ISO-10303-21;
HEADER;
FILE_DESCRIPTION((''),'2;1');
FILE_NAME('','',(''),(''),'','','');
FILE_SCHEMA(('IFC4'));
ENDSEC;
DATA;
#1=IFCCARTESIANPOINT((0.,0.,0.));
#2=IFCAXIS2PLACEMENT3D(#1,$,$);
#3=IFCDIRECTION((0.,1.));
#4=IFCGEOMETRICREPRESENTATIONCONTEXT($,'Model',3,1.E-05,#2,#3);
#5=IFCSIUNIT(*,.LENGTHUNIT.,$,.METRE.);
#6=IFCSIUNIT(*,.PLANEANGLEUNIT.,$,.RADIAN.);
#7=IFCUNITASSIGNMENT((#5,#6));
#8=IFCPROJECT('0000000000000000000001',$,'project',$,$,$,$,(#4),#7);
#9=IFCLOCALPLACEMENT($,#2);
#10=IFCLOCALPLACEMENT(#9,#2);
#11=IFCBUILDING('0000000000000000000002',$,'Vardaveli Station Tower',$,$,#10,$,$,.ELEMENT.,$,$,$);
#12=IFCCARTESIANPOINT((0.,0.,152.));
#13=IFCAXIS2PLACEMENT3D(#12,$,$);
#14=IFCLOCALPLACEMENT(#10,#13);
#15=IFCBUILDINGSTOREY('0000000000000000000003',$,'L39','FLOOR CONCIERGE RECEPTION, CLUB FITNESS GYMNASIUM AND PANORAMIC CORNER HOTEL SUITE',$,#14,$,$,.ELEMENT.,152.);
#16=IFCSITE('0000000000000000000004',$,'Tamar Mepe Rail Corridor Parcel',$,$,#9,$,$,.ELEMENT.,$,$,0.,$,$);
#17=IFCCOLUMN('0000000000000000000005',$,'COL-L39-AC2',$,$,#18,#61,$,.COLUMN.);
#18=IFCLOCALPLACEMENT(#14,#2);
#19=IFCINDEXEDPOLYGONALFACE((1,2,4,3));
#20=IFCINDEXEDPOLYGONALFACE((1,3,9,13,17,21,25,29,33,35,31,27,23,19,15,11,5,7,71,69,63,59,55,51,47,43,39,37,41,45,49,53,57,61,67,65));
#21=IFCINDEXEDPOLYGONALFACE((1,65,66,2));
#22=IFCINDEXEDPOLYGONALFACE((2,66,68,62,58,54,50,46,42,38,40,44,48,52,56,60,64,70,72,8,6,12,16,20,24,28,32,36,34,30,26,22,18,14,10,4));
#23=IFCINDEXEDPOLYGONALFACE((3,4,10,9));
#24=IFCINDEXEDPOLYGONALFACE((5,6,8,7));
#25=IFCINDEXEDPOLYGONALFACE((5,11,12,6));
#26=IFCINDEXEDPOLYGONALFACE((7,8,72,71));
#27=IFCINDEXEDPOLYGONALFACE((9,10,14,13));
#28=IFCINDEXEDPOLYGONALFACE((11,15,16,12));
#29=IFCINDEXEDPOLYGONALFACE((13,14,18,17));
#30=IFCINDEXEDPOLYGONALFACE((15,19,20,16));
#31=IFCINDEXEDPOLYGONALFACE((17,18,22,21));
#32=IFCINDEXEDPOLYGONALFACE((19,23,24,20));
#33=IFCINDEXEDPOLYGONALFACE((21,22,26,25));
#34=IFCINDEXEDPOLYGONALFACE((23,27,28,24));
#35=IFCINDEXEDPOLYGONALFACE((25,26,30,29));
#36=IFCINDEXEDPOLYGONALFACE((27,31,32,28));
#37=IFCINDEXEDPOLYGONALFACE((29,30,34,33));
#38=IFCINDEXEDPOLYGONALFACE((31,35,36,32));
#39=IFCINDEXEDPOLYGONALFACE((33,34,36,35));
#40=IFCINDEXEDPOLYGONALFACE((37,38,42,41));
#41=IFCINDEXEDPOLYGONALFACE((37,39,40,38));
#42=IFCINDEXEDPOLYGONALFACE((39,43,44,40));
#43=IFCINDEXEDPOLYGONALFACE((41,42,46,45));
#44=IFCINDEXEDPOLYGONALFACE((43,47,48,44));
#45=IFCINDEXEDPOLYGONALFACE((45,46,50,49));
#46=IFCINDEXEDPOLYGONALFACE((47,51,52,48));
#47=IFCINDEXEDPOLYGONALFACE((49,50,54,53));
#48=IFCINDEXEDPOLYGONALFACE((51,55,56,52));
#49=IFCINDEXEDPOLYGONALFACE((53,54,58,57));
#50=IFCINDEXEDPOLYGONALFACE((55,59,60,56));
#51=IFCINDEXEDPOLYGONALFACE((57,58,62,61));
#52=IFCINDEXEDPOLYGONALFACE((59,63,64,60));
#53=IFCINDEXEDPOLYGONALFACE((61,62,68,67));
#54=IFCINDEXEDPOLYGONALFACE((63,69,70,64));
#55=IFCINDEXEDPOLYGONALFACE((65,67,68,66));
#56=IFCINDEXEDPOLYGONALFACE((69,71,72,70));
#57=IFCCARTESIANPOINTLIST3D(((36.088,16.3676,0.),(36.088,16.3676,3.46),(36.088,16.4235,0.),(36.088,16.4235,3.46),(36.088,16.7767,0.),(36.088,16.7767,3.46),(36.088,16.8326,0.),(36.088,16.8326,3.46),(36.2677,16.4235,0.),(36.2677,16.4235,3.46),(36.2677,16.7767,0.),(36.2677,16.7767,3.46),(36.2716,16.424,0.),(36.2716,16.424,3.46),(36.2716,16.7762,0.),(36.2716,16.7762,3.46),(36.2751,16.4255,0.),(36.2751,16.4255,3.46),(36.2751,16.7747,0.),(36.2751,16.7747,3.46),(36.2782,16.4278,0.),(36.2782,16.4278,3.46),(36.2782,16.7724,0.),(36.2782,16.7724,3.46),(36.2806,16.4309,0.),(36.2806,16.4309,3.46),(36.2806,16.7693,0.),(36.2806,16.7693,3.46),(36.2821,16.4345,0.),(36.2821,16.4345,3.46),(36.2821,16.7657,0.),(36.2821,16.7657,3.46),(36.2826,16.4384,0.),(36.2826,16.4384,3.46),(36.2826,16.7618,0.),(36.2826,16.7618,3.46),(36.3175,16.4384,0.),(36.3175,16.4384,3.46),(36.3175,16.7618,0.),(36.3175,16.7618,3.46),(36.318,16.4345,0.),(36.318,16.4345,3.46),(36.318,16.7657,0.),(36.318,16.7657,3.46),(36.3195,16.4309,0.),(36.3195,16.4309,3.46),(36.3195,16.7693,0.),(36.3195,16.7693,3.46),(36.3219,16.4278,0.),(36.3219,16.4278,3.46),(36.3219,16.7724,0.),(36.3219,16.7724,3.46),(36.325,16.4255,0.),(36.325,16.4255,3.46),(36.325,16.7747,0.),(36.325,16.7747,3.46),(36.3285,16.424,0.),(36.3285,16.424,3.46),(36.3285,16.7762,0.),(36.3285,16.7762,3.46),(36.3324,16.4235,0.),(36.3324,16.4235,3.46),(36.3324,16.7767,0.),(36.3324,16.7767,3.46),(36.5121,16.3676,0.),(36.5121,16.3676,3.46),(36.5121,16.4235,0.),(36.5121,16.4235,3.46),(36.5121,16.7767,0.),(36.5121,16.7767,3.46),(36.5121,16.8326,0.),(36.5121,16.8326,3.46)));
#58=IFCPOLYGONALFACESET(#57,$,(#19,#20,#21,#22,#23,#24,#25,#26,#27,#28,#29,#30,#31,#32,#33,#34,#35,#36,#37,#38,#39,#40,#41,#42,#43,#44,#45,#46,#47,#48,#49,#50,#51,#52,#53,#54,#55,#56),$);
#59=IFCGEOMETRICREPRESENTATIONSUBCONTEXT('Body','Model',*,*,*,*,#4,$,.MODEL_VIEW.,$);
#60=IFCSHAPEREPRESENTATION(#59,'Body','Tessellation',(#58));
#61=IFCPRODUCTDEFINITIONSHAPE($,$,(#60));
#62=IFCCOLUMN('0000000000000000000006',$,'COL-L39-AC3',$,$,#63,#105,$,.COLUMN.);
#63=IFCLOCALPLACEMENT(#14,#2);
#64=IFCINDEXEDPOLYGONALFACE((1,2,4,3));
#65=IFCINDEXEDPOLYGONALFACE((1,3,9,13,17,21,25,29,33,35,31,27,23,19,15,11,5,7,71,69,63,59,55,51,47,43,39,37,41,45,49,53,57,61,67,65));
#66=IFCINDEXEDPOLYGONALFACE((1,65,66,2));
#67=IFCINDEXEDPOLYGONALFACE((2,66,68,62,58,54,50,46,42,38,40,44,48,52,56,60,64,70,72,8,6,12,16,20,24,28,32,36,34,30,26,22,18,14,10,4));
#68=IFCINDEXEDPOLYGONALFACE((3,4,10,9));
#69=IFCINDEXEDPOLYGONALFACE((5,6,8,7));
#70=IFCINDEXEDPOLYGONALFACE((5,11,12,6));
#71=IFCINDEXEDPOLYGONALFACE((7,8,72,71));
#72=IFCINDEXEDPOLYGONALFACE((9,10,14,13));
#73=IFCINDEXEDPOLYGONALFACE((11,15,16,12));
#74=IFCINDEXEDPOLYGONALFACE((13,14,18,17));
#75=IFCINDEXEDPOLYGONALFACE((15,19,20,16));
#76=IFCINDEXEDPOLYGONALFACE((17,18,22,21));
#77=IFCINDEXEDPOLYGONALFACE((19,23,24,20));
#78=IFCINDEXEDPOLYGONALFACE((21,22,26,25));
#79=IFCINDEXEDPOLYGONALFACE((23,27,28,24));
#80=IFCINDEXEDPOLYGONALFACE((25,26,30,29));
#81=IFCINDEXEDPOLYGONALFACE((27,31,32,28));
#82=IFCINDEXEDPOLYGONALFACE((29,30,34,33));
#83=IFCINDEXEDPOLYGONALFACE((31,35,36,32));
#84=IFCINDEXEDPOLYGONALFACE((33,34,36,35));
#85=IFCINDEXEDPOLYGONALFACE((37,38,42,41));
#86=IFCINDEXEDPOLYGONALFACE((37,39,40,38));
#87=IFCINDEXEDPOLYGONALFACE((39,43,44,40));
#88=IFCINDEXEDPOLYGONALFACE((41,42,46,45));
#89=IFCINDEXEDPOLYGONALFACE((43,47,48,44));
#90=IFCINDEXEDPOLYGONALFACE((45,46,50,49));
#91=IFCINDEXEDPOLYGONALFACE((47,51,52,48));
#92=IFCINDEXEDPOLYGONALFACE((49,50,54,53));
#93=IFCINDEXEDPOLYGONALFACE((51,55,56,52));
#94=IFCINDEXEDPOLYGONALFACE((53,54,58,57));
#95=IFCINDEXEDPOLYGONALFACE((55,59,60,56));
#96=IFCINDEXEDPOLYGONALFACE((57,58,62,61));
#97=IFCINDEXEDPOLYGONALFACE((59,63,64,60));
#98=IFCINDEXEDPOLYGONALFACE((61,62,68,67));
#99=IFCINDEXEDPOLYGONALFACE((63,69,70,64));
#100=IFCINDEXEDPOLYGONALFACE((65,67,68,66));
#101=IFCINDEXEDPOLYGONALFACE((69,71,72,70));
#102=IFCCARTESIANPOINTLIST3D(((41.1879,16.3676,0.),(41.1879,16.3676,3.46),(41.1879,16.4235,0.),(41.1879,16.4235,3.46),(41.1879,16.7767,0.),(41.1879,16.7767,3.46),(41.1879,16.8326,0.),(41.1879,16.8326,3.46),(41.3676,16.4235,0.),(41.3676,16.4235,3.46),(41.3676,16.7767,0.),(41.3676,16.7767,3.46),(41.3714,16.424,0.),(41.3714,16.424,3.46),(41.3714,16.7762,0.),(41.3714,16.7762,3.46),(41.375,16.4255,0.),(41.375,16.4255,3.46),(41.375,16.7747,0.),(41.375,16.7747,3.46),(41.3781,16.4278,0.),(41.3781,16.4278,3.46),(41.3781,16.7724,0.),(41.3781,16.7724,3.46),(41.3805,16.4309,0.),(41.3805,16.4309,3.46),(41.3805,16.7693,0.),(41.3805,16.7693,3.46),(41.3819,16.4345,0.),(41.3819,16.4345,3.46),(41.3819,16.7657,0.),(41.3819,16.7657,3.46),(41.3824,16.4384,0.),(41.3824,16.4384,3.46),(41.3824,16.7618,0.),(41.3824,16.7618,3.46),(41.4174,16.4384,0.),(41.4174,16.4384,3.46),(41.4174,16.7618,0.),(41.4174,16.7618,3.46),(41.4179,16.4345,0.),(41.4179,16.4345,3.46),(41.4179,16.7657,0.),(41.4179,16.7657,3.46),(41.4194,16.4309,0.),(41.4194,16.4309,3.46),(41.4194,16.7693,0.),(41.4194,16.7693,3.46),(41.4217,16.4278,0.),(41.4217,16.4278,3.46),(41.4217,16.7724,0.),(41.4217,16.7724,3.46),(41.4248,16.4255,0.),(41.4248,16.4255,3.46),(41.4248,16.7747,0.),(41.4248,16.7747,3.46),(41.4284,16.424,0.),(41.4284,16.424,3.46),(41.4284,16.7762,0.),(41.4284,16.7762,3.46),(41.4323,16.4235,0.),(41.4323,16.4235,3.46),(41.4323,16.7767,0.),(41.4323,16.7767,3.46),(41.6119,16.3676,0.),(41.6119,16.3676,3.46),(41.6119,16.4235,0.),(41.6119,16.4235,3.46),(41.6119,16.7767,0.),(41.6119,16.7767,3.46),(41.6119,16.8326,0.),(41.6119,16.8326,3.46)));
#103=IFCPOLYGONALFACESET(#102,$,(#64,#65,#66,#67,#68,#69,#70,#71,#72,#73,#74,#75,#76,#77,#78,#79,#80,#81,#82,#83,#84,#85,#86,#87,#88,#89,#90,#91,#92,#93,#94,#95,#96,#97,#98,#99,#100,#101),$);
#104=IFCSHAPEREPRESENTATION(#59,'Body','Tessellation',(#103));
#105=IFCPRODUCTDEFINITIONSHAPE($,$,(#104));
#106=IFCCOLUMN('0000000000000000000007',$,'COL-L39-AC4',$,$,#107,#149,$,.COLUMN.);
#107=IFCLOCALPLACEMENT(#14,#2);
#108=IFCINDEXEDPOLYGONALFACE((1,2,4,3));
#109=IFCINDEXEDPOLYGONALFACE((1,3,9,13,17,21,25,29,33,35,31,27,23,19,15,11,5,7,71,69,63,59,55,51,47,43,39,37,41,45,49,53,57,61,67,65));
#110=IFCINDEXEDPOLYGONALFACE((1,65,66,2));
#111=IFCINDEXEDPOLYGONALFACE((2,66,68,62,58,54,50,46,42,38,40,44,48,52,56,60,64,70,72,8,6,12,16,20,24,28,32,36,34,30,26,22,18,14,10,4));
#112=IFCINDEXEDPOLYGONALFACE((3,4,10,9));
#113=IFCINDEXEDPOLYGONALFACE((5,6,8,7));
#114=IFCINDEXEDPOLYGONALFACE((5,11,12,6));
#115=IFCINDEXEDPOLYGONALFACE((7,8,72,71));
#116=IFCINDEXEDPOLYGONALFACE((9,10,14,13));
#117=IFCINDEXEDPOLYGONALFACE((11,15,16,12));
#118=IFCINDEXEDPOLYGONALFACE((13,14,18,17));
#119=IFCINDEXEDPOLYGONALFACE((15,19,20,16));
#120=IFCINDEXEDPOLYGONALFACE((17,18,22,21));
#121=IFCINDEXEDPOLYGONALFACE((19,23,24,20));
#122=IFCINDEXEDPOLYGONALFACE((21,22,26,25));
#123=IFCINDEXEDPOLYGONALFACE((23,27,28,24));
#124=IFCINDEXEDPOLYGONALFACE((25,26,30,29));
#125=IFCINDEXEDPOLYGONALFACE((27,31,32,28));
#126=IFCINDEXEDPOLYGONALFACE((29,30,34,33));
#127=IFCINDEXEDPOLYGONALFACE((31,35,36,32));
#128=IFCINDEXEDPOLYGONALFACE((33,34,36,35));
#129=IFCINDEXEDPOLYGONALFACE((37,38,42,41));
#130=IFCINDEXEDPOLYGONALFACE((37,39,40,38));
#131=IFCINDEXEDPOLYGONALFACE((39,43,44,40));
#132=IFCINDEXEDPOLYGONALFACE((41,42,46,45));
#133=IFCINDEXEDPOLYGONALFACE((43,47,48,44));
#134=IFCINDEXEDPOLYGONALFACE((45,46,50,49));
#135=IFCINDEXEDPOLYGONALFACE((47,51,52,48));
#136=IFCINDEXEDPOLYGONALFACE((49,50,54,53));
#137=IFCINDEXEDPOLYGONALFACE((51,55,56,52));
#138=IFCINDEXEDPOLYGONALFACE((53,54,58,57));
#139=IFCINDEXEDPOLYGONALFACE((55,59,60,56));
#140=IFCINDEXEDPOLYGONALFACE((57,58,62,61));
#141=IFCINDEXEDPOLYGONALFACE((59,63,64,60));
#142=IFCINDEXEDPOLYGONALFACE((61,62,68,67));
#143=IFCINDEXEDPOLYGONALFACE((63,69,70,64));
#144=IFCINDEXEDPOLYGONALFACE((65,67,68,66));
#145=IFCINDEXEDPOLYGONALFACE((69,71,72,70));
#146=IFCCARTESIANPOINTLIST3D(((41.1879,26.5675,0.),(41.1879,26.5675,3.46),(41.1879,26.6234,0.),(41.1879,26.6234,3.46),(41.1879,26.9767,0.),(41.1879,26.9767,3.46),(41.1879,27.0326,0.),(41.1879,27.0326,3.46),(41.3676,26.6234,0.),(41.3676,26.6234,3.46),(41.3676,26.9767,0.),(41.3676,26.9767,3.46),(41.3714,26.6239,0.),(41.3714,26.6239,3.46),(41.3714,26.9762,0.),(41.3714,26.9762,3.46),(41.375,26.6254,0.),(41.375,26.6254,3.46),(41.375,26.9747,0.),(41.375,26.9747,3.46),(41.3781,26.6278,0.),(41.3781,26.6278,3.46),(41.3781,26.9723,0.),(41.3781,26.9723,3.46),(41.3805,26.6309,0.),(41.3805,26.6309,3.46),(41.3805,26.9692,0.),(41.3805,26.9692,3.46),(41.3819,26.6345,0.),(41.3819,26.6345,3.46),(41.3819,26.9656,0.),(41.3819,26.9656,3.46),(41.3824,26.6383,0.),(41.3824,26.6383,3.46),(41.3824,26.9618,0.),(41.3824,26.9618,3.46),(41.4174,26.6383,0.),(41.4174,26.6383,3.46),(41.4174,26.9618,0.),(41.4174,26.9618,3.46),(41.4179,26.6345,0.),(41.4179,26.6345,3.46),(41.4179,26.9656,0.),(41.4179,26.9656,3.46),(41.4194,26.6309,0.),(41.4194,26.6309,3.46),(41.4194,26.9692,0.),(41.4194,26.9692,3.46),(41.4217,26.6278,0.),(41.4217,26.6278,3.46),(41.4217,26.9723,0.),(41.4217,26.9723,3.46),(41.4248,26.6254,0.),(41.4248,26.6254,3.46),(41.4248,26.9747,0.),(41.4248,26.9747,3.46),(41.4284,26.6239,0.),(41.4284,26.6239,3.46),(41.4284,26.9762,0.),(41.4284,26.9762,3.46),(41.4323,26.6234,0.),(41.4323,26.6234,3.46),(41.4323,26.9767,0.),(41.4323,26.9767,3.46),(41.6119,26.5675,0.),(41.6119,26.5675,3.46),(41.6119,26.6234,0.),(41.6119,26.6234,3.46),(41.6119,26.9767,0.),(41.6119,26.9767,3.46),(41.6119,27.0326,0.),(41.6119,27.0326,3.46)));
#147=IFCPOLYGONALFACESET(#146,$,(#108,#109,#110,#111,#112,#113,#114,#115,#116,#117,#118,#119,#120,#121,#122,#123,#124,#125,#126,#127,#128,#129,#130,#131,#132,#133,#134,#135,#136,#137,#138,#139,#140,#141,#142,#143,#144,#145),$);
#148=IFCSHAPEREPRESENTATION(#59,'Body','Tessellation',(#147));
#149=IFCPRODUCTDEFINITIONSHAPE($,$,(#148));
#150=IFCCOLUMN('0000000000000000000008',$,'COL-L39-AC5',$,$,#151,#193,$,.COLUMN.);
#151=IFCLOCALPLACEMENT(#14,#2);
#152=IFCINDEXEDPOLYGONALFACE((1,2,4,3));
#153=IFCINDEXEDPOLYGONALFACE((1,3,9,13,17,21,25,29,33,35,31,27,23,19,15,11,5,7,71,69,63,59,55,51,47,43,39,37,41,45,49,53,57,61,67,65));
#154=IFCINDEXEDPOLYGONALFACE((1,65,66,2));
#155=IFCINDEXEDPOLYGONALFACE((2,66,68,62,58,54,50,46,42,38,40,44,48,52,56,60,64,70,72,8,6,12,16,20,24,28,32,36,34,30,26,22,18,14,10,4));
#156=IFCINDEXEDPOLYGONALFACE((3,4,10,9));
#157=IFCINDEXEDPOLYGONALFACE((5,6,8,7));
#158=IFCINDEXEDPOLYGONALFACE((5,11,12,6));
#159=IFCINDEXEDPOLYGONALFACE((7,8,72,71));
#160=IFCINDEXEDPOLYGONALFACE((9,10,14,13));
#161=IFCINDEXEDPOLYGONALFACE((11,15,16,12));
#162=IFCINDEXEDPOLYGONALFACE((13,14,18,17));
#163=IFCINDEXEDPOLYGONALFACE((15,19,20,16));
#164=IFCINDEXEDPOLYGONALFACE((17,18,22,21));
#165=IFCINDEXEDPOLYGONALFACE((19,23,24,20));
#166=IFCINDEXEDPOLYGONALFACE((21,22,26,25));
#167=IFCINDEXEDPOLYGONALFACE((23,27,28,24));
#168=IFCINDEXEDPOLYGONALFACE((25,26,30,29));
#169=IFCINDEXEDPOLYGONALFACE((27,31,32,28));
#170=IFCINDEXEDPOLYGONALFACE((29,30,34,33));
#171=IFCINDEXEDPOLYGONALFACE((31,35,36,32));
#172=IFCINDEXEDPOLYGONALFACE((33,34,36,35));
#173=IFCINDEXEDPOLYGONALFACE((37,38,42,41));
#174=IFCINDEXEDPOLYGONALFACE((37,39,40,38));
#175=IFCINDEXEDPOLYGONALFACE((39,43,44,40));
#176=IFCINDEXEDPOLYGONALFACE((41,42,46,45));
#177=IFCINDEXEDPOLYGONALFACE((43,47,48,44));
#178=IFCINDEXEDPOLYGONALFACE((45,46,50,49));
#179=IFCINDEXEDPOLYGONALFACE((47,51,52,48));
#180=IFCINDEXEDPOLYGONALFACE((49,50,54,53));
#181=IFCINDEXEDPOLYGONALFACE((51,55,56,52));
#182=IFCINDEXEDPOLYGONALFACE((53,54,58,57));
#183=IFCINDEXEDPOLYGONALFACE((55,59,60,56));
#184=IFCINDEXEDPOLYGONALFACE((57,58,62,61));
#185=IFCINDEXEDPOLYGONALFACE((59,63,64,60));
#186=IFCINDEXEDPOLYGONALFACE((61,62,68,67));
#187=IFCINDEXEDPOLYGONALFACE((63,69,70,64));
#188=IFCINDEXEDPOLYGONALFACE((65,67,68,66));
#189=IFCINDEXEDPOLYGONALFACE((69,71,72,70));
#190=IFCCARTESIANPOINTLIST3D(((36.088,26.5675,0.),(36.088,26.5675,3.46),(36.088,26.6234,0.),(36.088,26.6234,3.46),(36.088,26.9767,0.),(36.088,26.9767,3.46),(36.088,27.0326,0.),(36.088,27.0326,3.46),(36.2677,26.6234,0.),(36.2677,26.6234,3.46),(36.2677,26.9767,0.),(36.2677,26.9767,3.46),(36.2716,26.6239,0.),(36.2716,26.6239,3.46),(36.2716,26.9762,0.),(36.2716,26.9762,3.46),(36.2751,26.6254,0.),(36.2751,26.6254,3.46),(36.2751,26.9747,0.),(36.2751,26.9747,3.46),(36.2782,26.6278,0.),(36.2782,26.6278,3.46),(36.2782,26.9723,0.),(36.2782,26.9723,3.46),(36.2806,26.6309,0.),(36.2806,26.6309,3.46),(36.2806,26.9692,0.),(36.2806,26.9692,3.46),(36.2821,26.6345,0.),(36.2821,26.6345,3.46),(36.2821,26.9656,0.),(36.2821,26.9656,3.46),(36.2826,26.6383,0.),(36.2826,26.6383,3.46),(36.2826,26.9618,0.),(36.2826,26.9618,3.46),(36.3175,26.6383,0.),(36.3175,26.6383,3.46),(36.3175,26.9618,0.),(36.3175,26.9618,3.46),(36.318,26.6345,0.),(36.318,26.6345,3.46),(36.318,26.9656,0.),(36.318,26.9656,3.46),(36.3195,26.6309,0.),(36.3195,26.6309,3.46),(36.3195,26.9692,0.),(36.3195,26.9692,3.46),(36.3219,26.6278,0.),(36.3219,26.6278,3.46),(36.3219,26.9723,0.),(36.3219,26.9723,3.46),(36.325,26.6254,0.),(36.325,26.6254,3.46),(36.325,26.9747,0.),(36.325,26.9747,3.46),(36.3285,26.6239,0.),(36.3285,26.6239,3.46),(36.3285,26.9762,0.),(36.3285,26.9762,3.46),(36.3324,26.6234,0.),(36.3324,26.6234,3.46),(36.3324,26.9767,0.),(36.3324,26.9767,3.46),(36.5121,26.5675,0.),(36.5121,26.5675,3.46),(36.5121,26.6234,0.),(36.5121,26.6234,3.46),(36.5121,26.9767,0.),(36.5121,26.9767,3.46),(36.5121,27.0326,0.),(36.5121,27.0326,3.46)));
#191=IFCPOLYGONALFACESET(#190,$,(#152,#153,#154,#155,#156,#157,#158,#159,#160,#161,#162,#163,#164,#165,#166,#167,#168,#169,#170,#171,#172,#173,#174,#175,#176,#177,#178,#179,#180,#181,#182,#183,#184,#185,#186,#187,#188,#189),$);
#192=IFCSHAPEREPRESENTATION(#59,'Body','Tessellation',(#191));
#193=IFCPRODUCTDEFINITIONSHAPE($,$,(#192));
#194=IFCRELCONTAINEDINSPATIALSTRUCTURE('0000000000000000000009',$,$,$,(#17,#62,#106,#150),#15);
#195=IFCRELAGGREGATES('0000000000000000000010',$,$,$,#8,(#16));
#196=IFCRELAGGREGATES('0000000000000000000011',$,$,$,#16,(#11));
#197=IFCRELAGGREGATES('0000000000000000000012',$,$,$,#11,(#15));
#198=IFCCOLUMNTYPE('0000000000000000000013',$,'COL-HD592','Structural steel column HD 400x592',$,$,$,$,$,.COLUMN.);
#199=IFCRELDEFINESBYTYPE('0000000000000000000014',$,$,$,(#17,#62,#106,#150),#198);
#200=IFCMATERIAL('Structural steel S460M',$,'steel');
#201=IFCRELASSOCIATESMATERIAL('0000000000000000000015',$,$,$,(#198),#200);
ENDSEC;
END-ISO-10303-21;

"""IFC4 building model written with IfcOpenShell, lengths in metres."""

from ifc_helpers import new_model, si_unit, direction, frame, origin, origin_2d, place, context, subcontext, project, spatial, i_section, extrude, source, transform, mapped, material, material_profile, profile_set, type_object, element, save


model = new_model("IFC4")

# Units and contexts
model_context = context("Model", 3, precision=1e-05, world=origin(), true_north=direction((0.0, 1.0)))
body_context = subcontext(model_context, "Body", "Model", "MODEL_VIEW")
ifc_project = project(units=[si_unit("LENGTHUNIT", "METRE"), si_unit("PLANEANGLEUNIT", "RADIAN")], contexts=[model_context])

# Site, building, storey
site_placement = place(None, origin())
site = spatial("IfcSite", under=ifc_project, at=site_placement, Name="Tamar Mepe Rail Corridor Parcel", CompositionType="ELEMENT", RefElevation=0.0)
building_placement = place(site_placement, origin())
building = spatial("IfcBuilding", under=site, at=building_placement, Name="Vardaveli Station Tower", CompositionType="ELEMENT")
storey_placement = place(building_placement, frame((0.0, 0.0, 152.0)))
storey = spatial("IfcBuildingStorey", under=building, at=storey_placement, Name="L39", Description="FLOOR CONCIERGE RECEPTION, CLUB FITNESS GYMNASIUM AND PANORAMIC CORNER HOTEL SUITE", CompositionType="ELEMENT", Elevation=152.0)

# Columns
ifc_material_1 = material(Name="Structural steel S460M", Category="steel")
ifc_material_profile_1 = material_profile(ifc_material_1, i_section(OverallWidth=0.4241, OverallDepth=0.4651, WebThickness=0.0349, FlangeThickness=0.0559, FilletRadius=0.0149, at=origin_2d()), Name="HD 400x592")
ifc_profile_set_1 = profile_set([ifc_material_profile_1], Name="Structural steel S460M")
column_type = type_object("IfcColumnType", Name="COL-HD592", Description="Structural steel column HD 400x592", PredefinedType="COLUMN", material=ifc_profile_set_1)
shared_shape_1 = source(origin(), body_context, "Body", "SweptSolid", [
    extrude(i_section(OverallWidth=0.4241, OverallDepth=0.4651, WebThickness=0.0349, FlangeThickness=0.0559, FilletRadius=0.0149, at=origin_2d()), origin(), (0.0, 0.0, 1.0), 3.46),
])
for number, where, z_axis, x_axis, name in (
    (1, (36.3, 16.6001, 0.0), (0.0, 0.0, 1.0), (1.0, 0.0, 0.0), "COL-L39-AC2"),
    (2, (41.3999, 16.6001, 0.0), (0.0, 0.0, 1.0), (1.0, 0.0, 0.0), "COL-L39-AC3"),
    (3, (41.3999, 26.8, 0.0), (0.0, 0.0, 1.0), (1.0, 0.0, 0.0), "COL-L39-AC4"),
    (4, (36.3, 26.8, 0.0), (0.0, 0.0, 1.0), (1.0, 0.0, 0.0), "COL-L39-AC5"),
):
    element("IfcColumn", number, at=place(storey_placement, frame(where, z_axis=z_axis, x_axis=x_axis)), inside=storey, type_object=column_type, Name=name, PredefinedType="COLUMN", context=body_context, shape_type="MappedRepresentation", body=[
        mapped(shared_shape_1, transform((0.0, 0.0, 0.0), scale=1.0)),
    ])

save(model, "model.ifc")
